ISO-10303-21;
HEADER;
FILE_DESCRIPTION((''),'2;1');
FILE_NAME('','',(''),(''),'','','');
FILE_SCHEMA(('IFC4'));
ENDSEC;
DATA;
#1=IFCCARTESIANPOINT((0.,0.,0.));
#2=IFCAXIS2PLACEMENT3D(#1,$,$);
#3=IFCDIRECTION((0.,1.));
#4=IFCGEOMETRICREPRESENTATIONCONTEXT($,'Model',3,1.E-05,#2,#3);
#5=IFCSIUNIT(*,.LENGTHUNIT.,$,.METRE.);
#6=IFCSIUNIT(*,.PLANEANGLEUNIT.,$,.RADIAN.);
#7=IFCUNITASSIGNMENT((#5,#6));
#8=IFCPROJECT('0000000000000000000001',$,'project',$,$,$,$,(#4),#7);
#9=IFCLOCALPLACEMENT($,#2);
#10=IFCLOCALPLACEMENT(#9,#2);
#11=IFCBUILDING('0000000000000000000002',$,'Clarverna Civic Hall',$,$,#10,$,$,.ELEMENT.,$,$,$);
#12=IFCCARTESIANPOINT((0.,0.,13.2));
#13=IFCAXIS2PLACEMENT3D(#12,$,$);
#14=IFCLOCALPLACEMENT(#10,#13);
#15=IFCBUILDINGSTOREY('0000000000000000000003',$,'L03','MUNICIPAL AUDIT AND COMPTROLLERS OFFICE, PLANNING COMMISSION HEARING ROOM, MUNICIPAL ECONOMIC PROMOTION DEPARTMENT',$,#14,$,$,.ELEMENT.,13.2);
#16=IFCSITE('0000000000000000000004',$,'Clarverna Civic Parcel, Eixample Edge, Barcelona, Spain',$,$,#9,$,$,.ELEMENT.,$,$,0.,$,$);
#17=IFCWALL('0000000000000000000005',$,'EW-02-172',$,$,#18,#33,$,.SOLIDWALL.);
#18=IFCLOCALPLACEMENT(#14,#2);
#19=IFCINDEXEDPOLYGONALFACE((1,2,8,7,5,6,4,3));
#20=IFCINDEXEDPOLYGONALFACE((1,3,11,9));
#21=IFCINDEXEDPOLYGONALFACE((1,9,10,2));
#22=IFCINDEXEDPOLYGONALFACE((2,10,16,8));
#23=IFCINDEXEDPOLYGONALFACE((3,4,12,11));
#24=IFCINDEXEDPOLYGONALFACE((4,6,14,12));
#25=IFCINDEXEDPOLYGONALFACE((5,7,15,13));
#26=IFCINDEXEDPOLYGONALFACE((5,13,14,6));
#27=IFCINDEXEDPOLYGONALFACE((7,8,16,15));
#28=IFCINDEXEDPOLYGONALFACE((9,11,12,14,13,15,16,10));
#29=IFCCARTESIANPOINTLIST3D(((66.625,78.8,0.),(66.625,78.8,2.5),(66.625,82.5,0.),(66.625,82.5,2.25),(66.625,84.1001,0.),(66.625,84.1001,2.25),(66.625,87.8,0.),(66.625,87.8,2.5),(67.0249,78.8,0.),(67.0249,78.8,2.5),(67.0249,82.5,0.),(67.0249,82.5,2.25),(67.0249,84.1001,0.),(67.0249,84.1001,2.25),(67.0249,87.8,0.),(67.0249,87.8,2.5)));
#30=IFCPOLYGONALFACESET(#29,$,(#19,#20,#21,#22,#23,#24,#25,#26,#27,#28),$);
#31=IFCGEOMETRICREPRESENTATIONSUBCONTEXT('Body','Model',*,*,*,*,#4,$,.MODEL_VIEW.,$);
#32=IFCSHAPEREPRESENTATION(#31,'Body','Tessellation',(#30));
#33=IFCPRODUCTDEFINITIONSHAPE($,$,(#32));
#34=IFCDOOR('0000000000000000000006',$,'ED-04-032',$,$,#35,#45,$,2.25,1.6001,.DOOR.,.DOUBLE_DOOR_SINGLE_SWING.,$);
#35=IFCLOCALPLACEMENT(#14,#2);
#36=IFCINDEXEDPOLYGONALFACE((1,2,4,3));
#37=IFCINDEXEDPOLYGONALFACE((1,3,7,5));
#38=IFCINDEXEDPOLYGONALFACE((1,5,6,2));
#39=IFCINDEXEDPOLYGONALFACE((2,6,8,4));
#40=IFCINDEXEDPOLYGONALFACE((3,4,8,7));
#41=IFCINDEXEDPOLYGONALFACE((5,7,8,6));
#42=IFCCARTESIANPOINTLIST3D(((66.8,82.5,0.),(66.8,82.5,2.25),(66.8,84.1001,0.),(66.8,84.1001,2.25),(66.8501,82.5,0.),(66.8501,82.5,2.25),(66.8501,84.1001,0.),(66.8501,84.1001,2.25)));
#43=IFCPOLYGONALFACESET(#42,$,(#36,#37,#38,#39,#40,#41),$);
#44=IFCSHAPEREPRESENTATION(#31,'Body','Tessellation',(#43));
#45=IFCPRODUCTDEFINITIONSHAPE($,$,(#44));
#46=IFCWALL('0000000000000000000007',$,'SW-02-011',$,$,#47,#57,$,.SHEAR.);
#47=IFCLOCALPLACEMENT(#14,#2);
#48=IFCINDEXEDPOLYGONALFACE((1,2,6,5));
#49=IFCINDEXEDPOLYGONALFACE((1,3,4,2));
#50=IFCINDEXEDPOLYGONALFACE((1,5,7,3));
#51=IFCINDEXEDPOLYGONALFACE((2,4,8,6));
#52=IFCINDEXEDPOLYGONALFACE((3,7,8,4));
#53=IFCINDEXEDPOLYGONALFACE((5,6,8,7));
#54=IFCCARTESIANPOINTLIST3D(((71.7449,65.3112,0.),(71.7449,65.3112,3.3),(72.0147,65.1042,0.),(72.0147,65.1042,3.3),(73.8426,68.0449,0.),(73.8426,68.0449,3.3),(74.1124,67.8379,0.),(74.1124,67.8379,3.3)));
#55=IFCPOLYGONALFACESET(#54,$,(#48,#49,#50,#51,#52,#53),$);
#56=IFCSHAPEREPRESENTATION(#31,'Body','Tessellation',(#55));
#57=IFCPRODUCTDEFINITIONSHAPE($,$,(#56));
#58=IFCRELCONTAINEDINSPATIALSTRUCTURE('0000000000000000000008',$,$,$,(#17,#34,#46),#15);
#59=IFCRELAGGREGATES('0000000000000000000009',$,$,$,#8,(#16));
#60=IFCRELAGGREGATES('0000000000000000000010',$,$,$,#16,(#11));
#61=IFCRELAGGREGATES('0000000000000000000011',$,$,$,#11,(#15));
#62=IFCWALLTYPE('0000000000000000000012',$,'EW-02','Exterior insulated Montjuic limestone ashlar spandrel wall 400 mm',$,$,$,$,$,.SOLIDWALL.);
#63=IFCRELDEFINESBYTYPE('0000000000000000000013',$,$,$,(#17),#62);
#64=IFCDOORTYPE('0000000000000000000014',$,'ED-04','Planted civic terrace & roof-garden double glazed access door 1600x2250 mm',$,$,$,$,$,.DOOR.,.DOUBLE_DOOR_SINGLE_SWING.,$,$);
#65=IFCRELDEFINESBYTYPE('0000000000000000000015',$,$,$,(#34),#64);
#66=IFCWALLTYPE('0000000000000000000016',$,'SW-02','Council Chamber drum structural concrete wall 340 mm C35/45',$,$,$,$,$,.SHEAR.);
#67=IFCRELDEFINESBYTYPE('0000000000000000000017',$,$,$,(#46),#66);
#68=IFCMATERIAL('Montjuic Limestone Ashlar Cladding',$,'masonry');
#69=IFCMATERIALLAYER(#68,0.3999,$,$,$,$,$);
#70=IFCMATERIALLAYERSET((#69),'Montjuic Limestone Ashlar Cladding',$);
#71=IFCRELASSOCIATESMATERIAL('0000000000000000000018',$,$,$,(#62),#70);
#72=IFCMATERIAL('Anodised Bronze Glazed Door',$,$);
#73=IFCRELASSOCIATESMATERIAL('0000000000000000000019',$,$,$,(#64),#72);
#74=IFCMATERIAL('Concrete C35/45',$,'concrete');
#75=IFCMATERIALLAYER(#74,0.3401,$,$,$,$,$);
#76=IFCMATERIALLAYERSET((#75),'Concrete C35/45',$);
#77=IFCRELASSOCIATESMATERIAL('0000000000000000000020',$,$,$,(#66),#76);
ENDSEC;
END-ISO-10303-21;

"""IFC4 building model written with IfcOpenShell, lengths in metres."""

from ifc_helpers import new_model, si_unit, direction, frame, frame_2d, origin, place, context, subcontext, project, spatial, rectangle, extrude, material, layer, layer_set, type_object, element, fill, save


model = new_model("IFC4")

# Units and contexts
model_context = context("Model", 3, precision=1e-05, world=origin(), true_north=direction((0.0, 1.0)))
body_context = subcontext(model_context, "Body", "Model", "MODEL_VIEW")
ifc_project = project(units=[si_unit("LENGTHUNIT", "METRE"), si_unit("PLANEANGLEUNIT", "RADIAN")], contexts=[model_context])

# Site, building, storey
site_placement = place(None, origin())
site = spatial("IfcSite", under=ifc_project, at=site_placement, Name="Clarverna Civic Parcel, Eixample Edge, Barcelona, Spain", CompositionType="ELEMENT", RefElevation=0.0)
building_placement = place(site_placement, origin())
building = spatial("IfcBuilding", under=site, at=building_placement, Name="Clarverna Civic Hall", CompositionType="ELEMENT")
storey_placement = place(building_placement, frame((0.0, 0.0, 13.2)))
storey = spatial("IfcBuildingStorey", under=building, at=storey_placement, Name="L03", Description="MUNICIPAL AUDIT AND COMPTROLLERS OFFICE, PLANNING COMMISSION HEARING ROOM, MUNICIPAL ECONOMIC PROMOTION DEPARTMENT", CompositionType="ELEMENT", Elevation=13.2)

# Shared definitions
ifc_material_1 = material(Name="Concrete C35/45", Category="concrete")

# Wall, opening, door
ifc_material_2 = material(Name="Montjuic Limestone Ashlar Cladding", Category="masonry")
ifc_layer_1 = layer(ifc_material_2, 0.3999)
ifc_layer_set_1 = layer_set([ifc_layer_1], Name="Montjuic Limestone Ashlar Cladding")
wall_type_1 = type_object("IfcWallType", Name="EW-02", Description="Exterior insulated Montjuic limestone ashlar spandrel wall 400 mm", PredefinedType="SOLIDWALL", material=ifc_layer_set_1)
ifc_material_3 = material(Name="Anodised Bronze Glazed Door")
door_type_1 = type_object("IfcDoorType", Name="ED-04", Description="Planted civic terrace & roof-garden double glazed access door 1600x2250 mm", OperationType="DOUBLE_DOOR_SINGLE_SWING", PredefinedType="DOOR", material=ifc_material_3)
wall_1_placement = place(storey_placement, frame((66.825, 78.8, 0.0), z_axis=(0.0, 0.0, 1.0), x_axis=(0.0, 1.0, 0.0)))
wall_1 = element("IfcWall", 1, at=wall_1_placement, inside=storey, type_object=wall_type_1, Name="EW-02-172", PredefinedType="SOLIDWALL", context=body_context, shape_type="SweptSolid", body=[
    extrude(rectangle(XDim=9.0, YDim=0.3999, at=frame_2d((4.5, 0.0))), origin(), (0.0, 0.0, 1.0), 2.5),
])
opening_1_placement = place(wall_1_placement, frame((3.7, 0.0, 0.0)))
opening_1 = element("IfcOpeningElement", 2, at=opening_1_placement, cuts=wall_1, PredefinedType="OPENING", context=body_context, shape_type="SweptSolid", body=[
    extrude(rectangle(XDim=1.6001, YDim=2.25, at=frame_2d((0.8, 1.125))), frame((0.0, 0.21, 0.0), z_axis=(0.0, -1.0, 0.0), x_axis=(1.0, 0.0, 0.0)), (0.0, 0.0, 1.0), 0.4199),
])
door_1_placement = place(opening_1_placement, origin())
door_1 = element("IfcDoor", 3, at=door_1_placement, inside=storey, type_object=door_type_1, Name="ED-04-032", OperationType="DOUBLE_DOOR_SINGLE_SWING", OverallHeight=2.25, OverallWidth=1.6001, PredefinedType="DOOR", context=body_context, shape_type="SweptSolid", body=[
    extrude(rectangle(XDim=1.6001, YDim=2.25, at=frame_2d((0.8, 1.125))), frame((0.0, 0.0249, 0.0), z_axis=(0.0, -1.0, 0.0), x_axis=(1.0, 0.0, 0.0)), (0.0, 0.0, 1.0), 0.05),
])
fill(opening_1, door_1)

# Wall
ifc_layer_2 = layer(ifc_material_1, 0.3401)
ifc_layer_set_2 = layer_set([ifc_layer_2], Name="Concrete C35/45")
wall_type_2 = type_object("IfcWallType", Name="SW-02", Description="Council Chamber drum structural concrete wall 340 mm C35/45", PredefinedType="SHEAR", material=ifc_layer_set_2)
wall_2_placement = place(storey_placement, frame((73.9775, 67.9414, 0.0), z_axis=(0.0, 0.0, 1.0), x_axis=(-0.608772, -0.793345, 0.0)))
element("IfcWall", 4, at=wall_2_placement, inside=storey, type_object=wall_type_2, Name="SW-02-011", PredefinedType="SHEAR", context=body_context, shape_type="SweptSolid", body=[
    extrude(rectangle(XDim=3.4458, YDim=0.3401, at=frame_2d((1.7229, 0.0))), origin(), (0.0, 0.0, 1.0), 3.3),
])

save(model, "model.ifc")
